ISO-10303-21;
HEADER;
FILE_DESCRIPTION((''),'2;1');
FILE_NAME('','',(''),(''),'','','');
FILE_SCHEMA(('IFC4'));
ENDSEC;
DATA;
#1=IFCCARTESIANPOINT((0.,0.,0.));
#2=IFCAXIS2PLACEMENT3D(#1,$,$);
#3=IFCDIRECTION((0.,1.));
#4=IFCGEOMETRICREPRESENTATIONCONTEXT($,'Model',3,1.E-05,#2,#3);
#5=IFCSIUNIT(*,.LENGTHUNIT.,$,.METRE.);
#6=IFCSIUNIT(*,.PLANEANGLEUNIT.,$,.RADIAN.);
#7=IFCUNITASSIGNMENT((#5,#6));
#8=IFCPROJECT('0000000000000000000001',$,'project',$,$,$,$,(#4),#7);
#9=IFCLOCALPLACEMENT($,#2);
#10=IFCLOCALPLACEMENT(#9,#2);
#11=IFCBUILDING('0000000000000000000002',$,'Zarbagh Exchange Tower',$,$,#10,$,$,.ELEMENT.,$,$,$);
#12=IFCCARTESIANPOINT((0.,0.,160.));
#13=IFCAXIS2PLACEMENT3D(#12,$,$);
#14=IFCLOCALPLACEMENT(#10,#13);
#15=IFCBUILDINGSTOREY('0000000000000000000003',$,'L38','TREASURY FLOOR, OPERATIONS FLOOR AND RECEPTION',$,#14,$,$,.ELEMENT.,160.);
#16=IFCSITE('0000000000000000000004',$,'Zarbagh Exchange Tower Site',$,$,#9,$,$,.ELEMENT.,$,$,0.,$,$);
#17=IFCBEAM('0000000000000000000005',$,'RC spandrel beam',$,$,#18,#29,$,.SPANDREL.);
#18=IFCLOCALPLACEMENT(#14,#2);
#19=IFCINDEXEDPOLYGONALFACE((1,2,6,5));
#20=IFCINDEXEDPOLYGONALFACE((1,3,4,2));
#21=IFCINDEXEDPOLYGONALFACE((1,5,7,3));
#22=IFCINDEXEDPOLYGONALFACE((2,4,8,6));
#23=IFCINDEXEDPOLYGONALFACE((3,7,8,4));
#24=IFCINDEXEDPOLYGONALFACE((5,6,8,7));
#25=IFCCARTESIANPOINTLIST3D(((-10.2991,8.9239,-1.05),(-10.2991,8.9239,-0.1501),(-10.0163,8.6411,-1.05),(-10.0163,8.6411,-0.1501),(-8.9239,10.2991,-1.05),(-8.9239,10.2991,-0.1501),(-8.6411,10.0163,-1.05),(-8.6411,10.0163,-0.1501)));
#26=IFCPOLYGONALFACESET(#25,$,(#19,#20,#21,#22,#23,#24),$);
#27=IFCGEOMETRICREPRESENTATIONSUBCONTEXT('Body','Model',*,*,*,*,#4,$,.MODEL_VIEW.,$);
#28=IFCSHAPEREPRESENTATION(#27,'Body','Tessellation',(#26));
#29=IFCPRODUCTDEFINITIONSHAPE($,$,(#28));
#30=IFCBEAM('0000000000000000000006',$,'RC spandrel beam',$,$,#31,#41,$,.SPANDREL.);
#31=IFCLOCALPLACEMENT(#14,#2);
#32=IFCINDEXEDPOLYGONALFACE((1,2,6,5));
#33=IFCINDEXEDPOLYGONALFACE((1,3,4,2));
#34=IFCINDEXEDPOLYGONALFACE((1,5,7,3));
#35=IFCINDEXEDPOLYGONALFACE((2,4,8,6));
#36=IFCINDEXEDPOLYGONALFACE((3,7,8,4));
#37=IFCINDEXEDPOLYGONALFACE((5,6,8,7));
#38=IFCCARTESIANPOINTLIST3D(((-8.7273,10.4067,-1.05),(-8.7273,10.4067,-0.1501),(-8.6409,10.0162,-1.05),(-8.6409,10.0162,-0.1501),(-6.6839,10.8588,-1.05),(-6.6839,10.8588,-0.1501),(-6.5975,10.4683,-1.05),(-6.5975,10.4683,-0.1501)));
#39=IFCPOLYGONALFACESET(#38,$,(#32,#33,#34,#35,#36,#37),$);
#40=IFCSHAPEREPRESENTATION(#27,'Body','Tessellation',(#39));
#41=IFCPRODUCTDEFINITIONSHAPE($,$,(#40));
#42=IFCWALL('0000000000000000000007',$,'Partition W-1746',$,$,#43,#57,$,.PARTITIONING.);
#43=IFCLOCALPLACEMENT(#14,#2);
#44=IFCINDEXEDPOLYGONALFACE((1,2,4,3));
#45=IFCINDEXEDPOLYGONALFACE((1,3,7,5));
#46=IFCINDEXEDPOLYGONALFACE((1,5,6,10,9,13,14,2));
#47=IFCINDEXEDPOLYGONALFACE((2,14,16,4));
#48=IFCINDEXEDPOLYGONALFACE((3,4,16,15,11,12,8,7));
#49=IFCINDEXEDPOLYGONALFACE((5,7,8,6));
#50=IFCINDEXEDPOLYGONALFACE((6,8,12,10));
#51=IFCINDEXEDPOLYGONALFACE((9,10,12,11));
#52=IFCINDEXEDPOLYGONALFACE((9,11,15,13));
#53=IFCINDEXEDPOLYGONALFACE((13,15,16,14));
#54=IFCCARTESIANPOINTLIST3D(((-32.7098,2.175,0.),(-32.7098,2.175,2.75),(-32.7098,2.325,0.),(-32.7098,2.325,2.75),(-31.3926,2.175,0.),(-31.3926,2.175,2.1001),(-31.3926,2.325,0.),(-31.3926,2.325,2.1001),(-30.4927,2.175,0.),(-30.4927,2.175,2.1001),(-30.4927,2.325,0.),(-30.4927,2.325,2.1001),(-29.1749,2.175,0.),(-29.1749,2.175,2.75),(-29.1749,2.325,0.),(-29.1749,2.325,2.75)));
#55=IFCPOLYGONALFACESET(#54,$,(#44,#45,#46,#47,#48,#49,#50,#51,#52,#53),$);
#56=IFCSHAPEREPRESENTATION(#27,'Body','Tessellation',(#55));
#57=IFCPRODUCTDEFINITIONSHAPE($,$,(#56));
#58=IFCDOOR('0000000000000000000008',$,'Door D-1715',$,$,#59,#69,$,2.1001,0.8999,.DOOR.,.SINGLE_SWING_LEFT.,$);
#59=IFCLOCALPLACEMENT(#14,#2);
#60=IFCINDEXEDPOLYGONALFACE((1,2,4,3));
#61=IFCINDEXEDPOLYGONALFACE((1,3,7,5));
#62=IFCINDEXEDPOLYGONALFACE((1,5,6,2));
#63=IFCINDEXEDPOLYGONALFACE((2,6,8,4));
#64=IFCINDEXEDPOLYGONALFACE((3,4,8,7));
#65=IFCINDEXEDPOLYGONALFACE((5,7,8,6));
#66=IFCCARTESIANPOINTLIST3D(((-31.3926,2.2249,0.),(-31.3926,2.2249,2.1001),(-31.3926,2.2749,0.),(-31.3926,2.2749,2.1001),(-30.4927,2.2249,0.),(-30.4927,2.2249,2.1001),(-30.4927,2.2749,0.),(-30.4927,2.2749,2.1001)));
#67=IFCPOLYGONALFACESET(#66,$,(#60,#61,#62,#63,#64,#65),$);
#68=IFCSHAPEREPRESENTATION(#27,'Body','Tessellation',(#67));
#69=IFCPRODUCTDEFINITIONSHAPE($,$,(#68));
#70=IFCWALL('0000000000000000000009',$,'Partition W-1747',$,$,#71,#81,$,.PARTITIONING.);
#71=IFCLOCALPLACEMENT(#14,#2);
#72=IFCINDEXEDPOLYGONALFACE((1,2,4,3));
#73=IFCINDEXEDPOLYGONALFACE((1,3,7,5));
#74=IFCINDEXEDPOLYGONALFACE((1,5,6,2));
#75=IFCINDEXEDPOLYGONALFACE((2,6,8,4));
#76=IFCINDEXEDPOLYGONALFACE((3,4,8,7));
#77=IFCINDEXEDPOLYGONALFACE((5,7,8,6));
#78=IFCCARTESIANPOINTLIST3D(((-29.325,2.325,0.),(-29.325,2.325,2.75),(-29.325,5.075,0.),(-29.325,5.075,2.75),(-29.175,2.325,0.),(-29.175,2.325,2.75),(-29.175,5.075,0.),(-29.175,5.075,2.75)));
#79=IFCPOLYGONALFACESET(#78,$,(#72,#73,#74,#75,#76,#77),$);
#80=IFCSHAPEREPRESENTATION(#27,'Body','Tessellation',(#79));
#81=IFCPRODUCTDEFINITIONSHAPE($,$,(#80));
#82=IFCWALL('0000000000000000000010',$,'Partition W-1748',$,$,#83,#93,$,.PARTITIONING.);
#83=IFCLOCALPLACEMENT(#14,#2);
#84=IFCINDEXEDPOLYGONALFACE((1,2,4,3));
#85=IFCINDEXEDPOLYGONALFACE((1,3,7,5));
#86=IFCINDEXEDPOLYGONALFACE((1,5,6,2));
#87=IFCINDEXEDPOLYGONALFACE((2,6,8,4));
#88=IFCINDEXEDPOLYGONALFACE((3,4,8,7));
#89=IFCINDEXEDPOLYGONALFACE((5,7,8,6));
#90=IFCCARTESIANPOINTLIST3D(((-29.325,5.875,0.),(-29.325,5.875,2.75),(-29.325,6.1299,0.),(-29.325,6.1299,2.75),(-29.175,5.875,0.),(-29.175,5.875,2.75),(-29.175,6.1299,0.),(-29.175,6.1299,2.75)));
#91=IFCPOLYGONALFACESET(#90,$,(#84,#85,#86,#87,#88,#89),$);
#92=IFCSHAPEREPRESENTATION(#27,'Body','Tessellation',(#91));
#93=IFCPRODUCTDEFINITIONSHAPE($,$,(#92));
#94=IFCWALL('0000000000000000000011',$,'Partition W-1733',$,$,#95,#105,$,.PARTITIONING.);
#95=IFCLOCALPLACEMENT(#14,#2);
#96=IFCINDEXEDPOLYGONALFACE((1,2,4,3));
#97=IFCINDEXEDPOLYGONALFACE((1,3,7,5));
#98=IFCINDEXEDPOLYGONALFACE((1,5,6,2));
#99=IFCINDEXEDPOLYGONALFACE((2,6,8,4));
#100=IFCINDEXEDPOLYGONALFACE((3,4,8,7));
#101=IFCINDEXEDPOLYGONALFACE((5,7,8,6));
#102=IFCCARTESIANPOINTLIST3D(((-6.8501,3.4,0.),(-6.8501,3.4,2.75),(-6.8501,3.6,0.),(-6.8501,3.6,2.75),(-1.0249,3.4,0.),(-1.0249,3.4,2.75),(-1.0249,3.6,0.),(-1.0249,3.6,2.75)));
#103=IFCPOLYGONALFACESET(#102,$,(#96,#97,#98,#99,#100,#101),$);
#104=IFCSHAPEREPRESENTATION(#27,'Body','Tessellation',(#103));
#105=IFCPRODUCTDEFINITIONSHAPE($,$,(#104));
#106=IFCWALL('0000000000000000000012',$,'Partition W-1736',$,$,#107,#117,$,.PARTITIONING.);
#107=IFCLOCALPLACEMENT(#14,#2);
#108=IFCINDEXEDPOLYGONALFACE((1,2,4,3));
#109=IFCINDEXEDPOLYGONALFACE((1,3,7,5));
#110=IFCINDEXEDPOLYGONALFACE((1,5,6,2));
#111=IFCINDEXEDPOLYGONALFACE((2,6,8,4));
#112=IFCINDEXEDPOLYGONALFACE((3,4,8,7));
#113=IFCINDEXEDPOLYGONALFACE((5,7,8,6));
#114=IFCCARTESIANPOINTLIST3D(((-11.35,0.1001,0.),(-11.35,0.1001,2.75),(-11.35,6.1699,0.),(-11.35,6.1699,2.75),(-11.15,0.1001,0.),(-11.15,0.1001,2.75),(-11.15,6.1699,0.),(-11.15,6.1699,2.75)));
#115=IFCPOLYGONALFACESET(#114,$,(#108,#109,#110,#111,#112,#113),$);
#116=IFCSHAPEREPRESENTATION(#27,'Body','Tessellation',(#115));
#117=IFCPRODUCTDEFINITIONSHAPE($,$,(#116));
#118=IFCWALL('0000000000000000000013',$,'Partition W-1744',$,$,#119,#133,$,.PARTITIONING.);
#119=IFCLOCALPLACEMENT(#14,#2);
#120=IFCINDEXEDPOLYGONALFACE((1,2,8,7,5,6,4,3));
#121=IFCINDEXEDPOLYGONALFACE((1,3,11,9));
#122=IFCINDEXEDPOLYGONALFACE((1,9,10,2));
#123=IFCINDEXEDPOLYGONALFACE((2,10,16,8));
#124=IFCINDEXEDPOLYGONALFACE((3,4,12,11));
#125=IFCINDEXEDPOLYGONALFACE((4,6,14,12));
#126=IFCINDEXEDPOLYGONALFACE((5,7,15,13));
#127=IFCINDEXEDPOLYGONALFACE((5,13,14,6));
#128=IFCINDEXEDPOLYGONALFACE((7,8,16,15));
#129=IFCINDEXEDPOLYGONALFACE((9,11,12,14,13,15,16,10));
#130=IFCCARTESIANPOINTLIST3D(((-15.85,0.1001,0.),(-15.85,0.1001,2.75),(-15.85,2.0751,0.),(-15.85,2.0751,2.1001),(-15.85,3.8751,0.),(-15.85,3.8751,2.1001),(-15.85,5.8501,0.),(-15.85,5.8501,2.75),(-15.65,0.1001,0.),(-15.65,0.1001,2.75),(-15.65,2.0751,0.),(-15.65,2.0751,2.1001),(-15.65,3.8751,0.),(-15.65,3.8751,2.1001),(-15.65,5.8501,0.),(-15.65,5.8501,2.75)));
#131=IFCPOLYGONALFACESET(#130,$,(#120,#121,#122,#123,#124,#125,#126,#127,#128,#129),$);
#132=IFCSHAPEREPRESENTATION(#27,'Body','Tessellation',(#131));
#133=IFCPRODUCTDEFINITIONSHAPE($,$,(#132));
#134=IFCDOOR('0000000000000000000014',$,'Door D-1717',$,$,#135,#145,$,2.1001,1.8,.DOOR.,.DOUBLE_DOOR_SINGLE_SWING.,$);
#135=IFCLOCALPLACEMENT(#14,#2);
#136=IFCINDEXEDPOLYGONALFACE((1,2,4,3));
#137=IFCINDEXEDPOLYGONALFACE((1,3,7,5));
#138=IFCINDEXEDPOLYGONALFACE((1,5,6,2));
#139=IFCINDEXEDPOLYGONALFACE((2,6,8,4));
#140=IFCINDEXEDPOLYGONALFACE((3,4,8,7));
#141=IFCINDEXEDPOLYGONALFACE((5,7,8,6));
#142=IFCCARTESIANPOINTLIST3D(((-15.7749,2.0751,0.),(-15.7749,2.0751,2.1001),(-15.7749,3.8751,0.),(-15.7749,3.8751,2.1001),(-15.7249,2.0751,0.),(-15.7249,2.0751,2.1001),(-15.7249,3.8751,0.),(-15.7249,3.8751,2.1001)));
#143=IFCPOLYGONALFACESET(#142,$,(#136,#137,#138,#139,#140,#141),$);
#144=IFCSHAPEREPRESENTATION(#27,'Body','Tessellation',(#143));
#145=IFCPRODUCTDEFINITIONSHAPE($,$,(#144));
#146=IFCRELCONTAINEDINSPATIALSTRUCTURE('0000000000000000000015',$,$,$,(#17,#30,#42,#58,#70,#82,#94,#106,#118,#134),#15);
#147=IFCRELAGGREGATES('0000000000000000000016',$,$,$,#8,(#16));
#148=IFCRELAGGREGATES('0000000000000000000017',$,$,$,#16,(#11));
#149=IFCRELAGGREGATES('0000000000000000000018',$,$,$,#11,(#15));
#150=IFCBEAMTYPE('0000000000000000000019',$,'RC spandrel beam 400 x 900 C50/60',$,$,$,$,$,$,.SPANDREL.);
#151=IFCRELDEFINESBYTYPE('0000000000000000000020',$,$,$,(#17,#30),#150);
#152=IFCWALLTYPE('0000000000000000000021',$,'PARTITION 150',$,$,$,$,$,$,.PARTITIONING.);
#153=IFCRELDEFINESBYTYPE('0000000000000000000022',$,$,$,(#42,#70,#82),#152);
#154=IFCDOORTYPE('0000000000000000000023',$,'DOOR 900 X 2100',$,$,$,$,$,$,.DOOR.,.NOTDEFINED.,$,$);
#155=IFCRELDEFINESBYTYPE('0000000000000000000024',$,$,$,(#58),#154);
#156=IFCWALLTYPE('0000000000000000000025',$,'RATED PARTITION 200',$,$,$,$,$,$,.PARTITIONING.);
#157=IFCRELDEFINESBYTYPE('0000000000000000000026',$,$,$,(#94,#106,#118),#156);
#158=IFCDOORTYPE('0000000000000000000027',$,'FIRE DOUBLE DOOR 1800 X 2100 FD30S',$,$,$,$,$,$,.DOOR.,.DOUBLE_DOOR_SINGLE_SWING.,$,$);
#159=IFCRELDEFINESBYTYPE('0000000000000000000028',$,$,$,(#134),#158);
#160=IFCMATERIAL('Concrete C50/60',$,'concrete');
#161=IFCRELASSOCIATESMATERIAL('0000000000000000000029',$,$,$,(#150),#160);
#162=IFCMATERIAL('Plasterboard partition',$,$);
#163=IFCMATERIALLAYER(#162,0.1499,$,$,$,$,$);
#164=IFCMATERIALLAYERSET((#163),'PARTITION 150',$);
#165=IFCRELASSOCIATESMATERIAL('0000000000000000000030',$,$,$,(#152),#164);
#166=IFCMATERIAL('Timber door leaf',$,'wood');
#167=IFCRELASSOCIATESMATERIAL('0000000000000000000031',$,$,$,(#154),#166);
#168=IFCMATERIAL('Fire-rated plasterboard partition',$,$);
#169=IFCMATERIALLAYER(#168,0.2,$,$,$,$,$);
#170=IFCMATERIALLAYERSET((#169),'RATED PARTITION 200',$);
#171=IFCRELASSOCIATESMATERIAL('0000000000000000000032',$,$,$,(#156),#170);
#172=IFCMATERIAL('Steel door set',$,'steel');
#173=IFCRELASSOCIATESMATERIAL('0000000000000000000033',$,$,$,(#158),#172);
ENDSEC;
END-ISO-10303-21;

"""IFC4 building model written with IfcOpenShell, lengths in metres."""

from ifc_helpers import new_model, si_unit, direction, frame, frame_2d, origin, origin_2d, place, context, subcontext, project, spatial, rectangle, extrude, material, layer, layer_set, material_profile, profile_set, type_object, element, fill, save


model = new_model("IFC4")

# Units and contexts
model_context = context("Model", 3, precision=1e-05, world=origin(), true_north=direction((0.0, 1.0)))
body_context = subcontext(model_context, "Body", "Model", "MODEL_VIEW")
ifc_project = project(units=[si_unit("LENGTHUNIT", "METRE"), si_unit("PLANEANGLEUNIT", "RADIAN")], contexts=[model_context])

# Site, building, storey
site_placement = place(None, origin())
site = spatial("IfcSite", under=ifc_project, at=site_placement, Name="Zarbagh Exchange Tower Site", CompositionType="ELEMENT", RefElevation=0.0)
building_placement = place(site_placement, origin())
building = spatial("IfcBuilding", under=site, at=building_placement, Name="Zarbagh Exchange Tower", CompositionType="ELEMENT")
storey_placement = place(building_placement, frame((0.0, 0.0, 160.0)))
storey = spatial("IfcBuildingStorey", under=building, at=storey_placement, Name="L38", Description="TREASURY FLOOR, OPERATIONS FLOOR AND RECEPTION", CompositionType="ELEMENT", Elevation=160.0)

# Shared definitions
ifc_material_1 = material(Name="Concrete C50/60", Category="concrete")

# Beams
ifc_material_profile_1 = material_profile(ifc_material_1, rectangle(XDim=0.3999, YDim=0.8999, at=origin_2d()), Name="RC spandrel beam 400 x 900 C50/60")
ifc_profile_set_1 = profile_set([ifc_material_profile_1], Name="Concrete C50/60")
beam_type_1 = type_object("IfcBeamType", Name="RC spandrel beam 400 x 900 C50/60", PredefinedType="SPANDREL", material=ifc_profile_set_1)
beam_1_placement = place(storey_placement, frame((-10.1577, 8.7825, -0.6001), z_axis=(0.707107, 0.707107, 0.0), x_axis=(-0.707107, 0.707107, 0.0)))
element("IfcBeam", 1, at=beam_1_placement, inside=storey, type_object=beam_type_1, Name="RC spandrel beam", PredefinedType="SPANDREL", context=body_context, shape_type="SweptSolid", body=[
    extrude(rectangle(XDim=0.3999, YDim=0.8999, at=origin_2d()), origin(), (0.0, 0.0, 1.0), 1.9448),
])
beam_2_placement = place(storey_placement, frame((-8.6841, 10.2114, -0.6001), z_axis=(0.976384, 0.216041, 0.0), x_axis=(-0.216041, 0.976384, 0.0)))
element("IfcBeam", 2, at=beam_2_placement, inside=storey, type_object=beam_type_1, Name="RC spandrel beam", PredefinedType="SPANDREL", context=body_context, shape_type="SweptSolid", body=[
    extrude(rectangle(XDim=0.3999, YDim=0.8999, at=origin_2d()), origin(), (0.0, 0.0, 1.0), 2.0928),
])

# Wall, opening, door
ifc_material_2 = material(Name="Plasterboard partition")
ifc_layer_1 = layer(ifc_material_2, 0.1499)
ifc_layer_set_1 = layer_set([ifc_layer_1], Name="PARTITION 150")
wall_type_1 = type_object("IfcWallType", Name="PARTITION 150", PredefinedType="PARTITIONING", material=ifc_layer_set_1)
wall_1_placement = place(storey_placement, frame((-32.71, 2.25, 0.0), z_axis=(0.0, 0.0, 1.0), x_axis=(1.0, 0.0, 0.0)))
wall_1 = element("IfcWall", 3, at=wall_1_placement, inside=storey, type_object=wall_type_1, Name="Partition W-1746", PredefinedType="PARTITIONING", context=body_context, shape_type="SweptSolid", body=[
    extrude(rectangle(XDim=3.5349, YDim=0.1499, at=frame_2d((1.7676, 0.0))), origin(), (0.0, 0.0, 1.0), 2.75),
])
opening_1_placement = place(wall_1_placement, frame((1.3174, 0.0, 0.0)))
opening_1 = element("IfcOpeningElement", 4, at=opening_1_placement, cuts=wall_1, PredefinedType="OPENING", context=body_context, shape_type="SweptSolid", body=[
    extrude(rectangle(XDim=0.8999, YDim=2.1001, at=frame_2d((0.45, 1.05))), frame((0.0, 0.085, 0.0), z_axis=(0.0, -1.0, 0.0), x_axis=(1.0, 0.0, 0.0)), (0.0, 0.0, 1.0), 0.1699),
])
ifc_material_3 = material(Name="Timber door leaf", Category="wood")
door_type_1 = type_object("IfcDoorType", Name="DOOR 900 X 2100", OperationType="NOTDEFINED", PredefinedType="DOOR", material=ifc_material_3)
door_1_placement = place(opening_1_placement, origin())
door_1 = element("IfcDoor", 5, at=door_1_placement, inside=storey, type_object=door_type_1, Name="Door D-1715", OperationType="SINGLE_SWING_LEFT", OverallHeight=2.1001, OverallWidth=0.8999, PredefinedType="DOOR", context=body_context, shape_type="SweptSolid", body=[
    extrude(rectangle(XDim=0.8999, YDim=2.1001, at=frame_2d((0.45, 1.05))), frame((0.0, 0.0249, 0.0), z_axis=(0.0, -1.0, 0.0), x_axis=(1.0, 0.0, 0.0)), (0.0, 0.0, 1.0), 0.05),
])
fill(opening_1, door_1)

# Walls
wall_2_placement = place(storey_placement, frame((-29.25, 2.325, 0.0), z_axis=(0.0, 0.0, 1.0), x_axis=(0.0, 1.0, 0.0)))
element("IfcWall", 6, at=wall_2_placement, inside=storey, type_object=wall_type_1, Name="Partition W-1747", PredefinedType="PARTITIONING", context=body_context, shape_type="SweptSolid", body=[
    extrude(rectangle(XDim=2.75, YDim=0.1499, at=frame_2d((1.375, 0.0))), origin(), (0.0, 0.0, 1.0), 2.75),
])
wall_3_placement = place(storey_placement, frame((-29.25, 5.875, 0.0), z_axis=(0.0, 0.0, 1.0), x_axis=(0.0, 1.0, 0.0)))
element("IfcWall", 7, at=wall_3_placement, inside=storey, type_object=wall_type_1, Name="Partition W-1748", PredefinedType="PARTITIONING", context=body_context, shape_type="SweptSolid", body=[
    extrude(rectangle(XDim=0.2549, YDim=0.1499, at=frame_2d((0.1274, 0.0))), origin(), (0.0, 0.0, 1.0), 2.75),
])
ifc_material_4 = material(Name="Fire-rated plasterboard partition")
ifc_layer_2 = layer(ifc_material_4, 0.2)
ifc_layer_set_2 = layer_set([ifc_layer_2], Name="RATED PARTITION 200")
wall_type_2 = type_object("IfcWallType", Name="RATED PARTITION 200", PredefinedType="PARTITIONING", material=ifc_layer_set_2)
wall_4_placement = place(storey_placement, frame((-6.8501, 3.5, 0.0), z_axis=(0.0, 0.0, 1.0), x_axis=(1.0, 0.0, 0.0)))
element("IfcWall", 8, at=wall_4_placement, inside=storey, type_object=wall_type_2, Name="Partition W-1733", PredefinedType="PARTITIONING", context=body_context, shape_type="SweptSolid", body=[
    extrude(rectangle(XDim=5.8252, YDim=0.2, at=frame_2d((2.9126, 0.0))), origin(), (0.0, 0.0, 1.0), 2.75),
])
wall_5_placement = place(storey_placement, frame((-11.25, 0.1001, 0.0), z_axis=(0.0, 0.0, 1.0), x_axis=(0.0, 1.0, 0.0)))
element("IfcWall", 9, at=wall_5_placement, inside=storey, type_object=wall_type_2, Name="Partition W-1736", PredefinedType="PARTITIONING", context=body_context, shape_type="SweptSolid", body=[
    extrude(rectangle(XDim=6.0698, YDim=0.2, at=frame_2d((3.0349, 0.0))), origin(), (0.0, 0.0, 1.0), 2.75),
])

# Wall, opening, door
wall_6_placement = place(storey_placement, frame((-15.75, 0.1001, 0.0), z_axis=(0.0, 0.0, 1.0), x_axis=(0.0, 1.0, 0.0)))
wall_6 = element("IfcWall", 10, at=wall_6_placement, inside=storey, type_object=wall_type_2, Name="Partition W-1744", PredefinedType="PARTITIONING", context=body_context, shape_type="SweptSolid", body=[
    extrude(rectangle(XDim=5.75, YDim=0.2, at=frame_2d((2.875, 0.0))), origin(), (0.0, 0.0, 1.0), 2.75),
])
opening_2_placement = place(wall_6_placement, frame((1.9751, 0.0, 0.0)))
opening_2 = element("IfcOpeningElement", 11, at=opening_2_placement, cuts=wall_6, PredefinedType="OPENING", context=body_context, shape_type="SweptSolid", body=[
    extrude(rectangle(XDim=1.8, YDim=2.1001, at=frame_2d((0.8999, 1.05))), frame((0.0, 0.1099, 0.0), z_axis=(0.0, -1.0, 0.0), x_axis=(1.0, 0.0, 0.0)), (0.0, 0.0, 1.0), 0.22),
])
ifc_material_5 = material(Name="Steel door set", Category="steel")
door_type_2 = type_object("IfcDoorType", Name="FIRE DOUBLE DOOR 1800 X 2100 FD30S", OperationType="DOUBLE_DOOR_SINGLE_SWING", PredefinedType="DOOR", material=ifc_material_5)
door_2_placement = place(opening_2_placement, origin())
door_2 = element("IfcDoor", 12, at=door_2_placement, inside=storey, type_object=door_type_2, Name="Door D-1717", OperationType="DOUBLE_DOOR_SINGLE_SWING", OverallHeight=2.1001, OverallWidth=1.8, PredefinedType="DOOR", context=body_context, shape_type="SweptSolid", body=[
    extrude(rectangle(XDim=1.8, YDim=2.1001, at=frame_2d((0.8999, 1.05))), frame((0.0, 0.0249, 0.0), z_axis=(0.0, -1.0, 0.0), x_axis=(1.0, 0.0, 0.0)), (0.0, 0.0, 1.0), 0.05),
])
fill(opening_2, door_2)

save(model, "model.ifc")
